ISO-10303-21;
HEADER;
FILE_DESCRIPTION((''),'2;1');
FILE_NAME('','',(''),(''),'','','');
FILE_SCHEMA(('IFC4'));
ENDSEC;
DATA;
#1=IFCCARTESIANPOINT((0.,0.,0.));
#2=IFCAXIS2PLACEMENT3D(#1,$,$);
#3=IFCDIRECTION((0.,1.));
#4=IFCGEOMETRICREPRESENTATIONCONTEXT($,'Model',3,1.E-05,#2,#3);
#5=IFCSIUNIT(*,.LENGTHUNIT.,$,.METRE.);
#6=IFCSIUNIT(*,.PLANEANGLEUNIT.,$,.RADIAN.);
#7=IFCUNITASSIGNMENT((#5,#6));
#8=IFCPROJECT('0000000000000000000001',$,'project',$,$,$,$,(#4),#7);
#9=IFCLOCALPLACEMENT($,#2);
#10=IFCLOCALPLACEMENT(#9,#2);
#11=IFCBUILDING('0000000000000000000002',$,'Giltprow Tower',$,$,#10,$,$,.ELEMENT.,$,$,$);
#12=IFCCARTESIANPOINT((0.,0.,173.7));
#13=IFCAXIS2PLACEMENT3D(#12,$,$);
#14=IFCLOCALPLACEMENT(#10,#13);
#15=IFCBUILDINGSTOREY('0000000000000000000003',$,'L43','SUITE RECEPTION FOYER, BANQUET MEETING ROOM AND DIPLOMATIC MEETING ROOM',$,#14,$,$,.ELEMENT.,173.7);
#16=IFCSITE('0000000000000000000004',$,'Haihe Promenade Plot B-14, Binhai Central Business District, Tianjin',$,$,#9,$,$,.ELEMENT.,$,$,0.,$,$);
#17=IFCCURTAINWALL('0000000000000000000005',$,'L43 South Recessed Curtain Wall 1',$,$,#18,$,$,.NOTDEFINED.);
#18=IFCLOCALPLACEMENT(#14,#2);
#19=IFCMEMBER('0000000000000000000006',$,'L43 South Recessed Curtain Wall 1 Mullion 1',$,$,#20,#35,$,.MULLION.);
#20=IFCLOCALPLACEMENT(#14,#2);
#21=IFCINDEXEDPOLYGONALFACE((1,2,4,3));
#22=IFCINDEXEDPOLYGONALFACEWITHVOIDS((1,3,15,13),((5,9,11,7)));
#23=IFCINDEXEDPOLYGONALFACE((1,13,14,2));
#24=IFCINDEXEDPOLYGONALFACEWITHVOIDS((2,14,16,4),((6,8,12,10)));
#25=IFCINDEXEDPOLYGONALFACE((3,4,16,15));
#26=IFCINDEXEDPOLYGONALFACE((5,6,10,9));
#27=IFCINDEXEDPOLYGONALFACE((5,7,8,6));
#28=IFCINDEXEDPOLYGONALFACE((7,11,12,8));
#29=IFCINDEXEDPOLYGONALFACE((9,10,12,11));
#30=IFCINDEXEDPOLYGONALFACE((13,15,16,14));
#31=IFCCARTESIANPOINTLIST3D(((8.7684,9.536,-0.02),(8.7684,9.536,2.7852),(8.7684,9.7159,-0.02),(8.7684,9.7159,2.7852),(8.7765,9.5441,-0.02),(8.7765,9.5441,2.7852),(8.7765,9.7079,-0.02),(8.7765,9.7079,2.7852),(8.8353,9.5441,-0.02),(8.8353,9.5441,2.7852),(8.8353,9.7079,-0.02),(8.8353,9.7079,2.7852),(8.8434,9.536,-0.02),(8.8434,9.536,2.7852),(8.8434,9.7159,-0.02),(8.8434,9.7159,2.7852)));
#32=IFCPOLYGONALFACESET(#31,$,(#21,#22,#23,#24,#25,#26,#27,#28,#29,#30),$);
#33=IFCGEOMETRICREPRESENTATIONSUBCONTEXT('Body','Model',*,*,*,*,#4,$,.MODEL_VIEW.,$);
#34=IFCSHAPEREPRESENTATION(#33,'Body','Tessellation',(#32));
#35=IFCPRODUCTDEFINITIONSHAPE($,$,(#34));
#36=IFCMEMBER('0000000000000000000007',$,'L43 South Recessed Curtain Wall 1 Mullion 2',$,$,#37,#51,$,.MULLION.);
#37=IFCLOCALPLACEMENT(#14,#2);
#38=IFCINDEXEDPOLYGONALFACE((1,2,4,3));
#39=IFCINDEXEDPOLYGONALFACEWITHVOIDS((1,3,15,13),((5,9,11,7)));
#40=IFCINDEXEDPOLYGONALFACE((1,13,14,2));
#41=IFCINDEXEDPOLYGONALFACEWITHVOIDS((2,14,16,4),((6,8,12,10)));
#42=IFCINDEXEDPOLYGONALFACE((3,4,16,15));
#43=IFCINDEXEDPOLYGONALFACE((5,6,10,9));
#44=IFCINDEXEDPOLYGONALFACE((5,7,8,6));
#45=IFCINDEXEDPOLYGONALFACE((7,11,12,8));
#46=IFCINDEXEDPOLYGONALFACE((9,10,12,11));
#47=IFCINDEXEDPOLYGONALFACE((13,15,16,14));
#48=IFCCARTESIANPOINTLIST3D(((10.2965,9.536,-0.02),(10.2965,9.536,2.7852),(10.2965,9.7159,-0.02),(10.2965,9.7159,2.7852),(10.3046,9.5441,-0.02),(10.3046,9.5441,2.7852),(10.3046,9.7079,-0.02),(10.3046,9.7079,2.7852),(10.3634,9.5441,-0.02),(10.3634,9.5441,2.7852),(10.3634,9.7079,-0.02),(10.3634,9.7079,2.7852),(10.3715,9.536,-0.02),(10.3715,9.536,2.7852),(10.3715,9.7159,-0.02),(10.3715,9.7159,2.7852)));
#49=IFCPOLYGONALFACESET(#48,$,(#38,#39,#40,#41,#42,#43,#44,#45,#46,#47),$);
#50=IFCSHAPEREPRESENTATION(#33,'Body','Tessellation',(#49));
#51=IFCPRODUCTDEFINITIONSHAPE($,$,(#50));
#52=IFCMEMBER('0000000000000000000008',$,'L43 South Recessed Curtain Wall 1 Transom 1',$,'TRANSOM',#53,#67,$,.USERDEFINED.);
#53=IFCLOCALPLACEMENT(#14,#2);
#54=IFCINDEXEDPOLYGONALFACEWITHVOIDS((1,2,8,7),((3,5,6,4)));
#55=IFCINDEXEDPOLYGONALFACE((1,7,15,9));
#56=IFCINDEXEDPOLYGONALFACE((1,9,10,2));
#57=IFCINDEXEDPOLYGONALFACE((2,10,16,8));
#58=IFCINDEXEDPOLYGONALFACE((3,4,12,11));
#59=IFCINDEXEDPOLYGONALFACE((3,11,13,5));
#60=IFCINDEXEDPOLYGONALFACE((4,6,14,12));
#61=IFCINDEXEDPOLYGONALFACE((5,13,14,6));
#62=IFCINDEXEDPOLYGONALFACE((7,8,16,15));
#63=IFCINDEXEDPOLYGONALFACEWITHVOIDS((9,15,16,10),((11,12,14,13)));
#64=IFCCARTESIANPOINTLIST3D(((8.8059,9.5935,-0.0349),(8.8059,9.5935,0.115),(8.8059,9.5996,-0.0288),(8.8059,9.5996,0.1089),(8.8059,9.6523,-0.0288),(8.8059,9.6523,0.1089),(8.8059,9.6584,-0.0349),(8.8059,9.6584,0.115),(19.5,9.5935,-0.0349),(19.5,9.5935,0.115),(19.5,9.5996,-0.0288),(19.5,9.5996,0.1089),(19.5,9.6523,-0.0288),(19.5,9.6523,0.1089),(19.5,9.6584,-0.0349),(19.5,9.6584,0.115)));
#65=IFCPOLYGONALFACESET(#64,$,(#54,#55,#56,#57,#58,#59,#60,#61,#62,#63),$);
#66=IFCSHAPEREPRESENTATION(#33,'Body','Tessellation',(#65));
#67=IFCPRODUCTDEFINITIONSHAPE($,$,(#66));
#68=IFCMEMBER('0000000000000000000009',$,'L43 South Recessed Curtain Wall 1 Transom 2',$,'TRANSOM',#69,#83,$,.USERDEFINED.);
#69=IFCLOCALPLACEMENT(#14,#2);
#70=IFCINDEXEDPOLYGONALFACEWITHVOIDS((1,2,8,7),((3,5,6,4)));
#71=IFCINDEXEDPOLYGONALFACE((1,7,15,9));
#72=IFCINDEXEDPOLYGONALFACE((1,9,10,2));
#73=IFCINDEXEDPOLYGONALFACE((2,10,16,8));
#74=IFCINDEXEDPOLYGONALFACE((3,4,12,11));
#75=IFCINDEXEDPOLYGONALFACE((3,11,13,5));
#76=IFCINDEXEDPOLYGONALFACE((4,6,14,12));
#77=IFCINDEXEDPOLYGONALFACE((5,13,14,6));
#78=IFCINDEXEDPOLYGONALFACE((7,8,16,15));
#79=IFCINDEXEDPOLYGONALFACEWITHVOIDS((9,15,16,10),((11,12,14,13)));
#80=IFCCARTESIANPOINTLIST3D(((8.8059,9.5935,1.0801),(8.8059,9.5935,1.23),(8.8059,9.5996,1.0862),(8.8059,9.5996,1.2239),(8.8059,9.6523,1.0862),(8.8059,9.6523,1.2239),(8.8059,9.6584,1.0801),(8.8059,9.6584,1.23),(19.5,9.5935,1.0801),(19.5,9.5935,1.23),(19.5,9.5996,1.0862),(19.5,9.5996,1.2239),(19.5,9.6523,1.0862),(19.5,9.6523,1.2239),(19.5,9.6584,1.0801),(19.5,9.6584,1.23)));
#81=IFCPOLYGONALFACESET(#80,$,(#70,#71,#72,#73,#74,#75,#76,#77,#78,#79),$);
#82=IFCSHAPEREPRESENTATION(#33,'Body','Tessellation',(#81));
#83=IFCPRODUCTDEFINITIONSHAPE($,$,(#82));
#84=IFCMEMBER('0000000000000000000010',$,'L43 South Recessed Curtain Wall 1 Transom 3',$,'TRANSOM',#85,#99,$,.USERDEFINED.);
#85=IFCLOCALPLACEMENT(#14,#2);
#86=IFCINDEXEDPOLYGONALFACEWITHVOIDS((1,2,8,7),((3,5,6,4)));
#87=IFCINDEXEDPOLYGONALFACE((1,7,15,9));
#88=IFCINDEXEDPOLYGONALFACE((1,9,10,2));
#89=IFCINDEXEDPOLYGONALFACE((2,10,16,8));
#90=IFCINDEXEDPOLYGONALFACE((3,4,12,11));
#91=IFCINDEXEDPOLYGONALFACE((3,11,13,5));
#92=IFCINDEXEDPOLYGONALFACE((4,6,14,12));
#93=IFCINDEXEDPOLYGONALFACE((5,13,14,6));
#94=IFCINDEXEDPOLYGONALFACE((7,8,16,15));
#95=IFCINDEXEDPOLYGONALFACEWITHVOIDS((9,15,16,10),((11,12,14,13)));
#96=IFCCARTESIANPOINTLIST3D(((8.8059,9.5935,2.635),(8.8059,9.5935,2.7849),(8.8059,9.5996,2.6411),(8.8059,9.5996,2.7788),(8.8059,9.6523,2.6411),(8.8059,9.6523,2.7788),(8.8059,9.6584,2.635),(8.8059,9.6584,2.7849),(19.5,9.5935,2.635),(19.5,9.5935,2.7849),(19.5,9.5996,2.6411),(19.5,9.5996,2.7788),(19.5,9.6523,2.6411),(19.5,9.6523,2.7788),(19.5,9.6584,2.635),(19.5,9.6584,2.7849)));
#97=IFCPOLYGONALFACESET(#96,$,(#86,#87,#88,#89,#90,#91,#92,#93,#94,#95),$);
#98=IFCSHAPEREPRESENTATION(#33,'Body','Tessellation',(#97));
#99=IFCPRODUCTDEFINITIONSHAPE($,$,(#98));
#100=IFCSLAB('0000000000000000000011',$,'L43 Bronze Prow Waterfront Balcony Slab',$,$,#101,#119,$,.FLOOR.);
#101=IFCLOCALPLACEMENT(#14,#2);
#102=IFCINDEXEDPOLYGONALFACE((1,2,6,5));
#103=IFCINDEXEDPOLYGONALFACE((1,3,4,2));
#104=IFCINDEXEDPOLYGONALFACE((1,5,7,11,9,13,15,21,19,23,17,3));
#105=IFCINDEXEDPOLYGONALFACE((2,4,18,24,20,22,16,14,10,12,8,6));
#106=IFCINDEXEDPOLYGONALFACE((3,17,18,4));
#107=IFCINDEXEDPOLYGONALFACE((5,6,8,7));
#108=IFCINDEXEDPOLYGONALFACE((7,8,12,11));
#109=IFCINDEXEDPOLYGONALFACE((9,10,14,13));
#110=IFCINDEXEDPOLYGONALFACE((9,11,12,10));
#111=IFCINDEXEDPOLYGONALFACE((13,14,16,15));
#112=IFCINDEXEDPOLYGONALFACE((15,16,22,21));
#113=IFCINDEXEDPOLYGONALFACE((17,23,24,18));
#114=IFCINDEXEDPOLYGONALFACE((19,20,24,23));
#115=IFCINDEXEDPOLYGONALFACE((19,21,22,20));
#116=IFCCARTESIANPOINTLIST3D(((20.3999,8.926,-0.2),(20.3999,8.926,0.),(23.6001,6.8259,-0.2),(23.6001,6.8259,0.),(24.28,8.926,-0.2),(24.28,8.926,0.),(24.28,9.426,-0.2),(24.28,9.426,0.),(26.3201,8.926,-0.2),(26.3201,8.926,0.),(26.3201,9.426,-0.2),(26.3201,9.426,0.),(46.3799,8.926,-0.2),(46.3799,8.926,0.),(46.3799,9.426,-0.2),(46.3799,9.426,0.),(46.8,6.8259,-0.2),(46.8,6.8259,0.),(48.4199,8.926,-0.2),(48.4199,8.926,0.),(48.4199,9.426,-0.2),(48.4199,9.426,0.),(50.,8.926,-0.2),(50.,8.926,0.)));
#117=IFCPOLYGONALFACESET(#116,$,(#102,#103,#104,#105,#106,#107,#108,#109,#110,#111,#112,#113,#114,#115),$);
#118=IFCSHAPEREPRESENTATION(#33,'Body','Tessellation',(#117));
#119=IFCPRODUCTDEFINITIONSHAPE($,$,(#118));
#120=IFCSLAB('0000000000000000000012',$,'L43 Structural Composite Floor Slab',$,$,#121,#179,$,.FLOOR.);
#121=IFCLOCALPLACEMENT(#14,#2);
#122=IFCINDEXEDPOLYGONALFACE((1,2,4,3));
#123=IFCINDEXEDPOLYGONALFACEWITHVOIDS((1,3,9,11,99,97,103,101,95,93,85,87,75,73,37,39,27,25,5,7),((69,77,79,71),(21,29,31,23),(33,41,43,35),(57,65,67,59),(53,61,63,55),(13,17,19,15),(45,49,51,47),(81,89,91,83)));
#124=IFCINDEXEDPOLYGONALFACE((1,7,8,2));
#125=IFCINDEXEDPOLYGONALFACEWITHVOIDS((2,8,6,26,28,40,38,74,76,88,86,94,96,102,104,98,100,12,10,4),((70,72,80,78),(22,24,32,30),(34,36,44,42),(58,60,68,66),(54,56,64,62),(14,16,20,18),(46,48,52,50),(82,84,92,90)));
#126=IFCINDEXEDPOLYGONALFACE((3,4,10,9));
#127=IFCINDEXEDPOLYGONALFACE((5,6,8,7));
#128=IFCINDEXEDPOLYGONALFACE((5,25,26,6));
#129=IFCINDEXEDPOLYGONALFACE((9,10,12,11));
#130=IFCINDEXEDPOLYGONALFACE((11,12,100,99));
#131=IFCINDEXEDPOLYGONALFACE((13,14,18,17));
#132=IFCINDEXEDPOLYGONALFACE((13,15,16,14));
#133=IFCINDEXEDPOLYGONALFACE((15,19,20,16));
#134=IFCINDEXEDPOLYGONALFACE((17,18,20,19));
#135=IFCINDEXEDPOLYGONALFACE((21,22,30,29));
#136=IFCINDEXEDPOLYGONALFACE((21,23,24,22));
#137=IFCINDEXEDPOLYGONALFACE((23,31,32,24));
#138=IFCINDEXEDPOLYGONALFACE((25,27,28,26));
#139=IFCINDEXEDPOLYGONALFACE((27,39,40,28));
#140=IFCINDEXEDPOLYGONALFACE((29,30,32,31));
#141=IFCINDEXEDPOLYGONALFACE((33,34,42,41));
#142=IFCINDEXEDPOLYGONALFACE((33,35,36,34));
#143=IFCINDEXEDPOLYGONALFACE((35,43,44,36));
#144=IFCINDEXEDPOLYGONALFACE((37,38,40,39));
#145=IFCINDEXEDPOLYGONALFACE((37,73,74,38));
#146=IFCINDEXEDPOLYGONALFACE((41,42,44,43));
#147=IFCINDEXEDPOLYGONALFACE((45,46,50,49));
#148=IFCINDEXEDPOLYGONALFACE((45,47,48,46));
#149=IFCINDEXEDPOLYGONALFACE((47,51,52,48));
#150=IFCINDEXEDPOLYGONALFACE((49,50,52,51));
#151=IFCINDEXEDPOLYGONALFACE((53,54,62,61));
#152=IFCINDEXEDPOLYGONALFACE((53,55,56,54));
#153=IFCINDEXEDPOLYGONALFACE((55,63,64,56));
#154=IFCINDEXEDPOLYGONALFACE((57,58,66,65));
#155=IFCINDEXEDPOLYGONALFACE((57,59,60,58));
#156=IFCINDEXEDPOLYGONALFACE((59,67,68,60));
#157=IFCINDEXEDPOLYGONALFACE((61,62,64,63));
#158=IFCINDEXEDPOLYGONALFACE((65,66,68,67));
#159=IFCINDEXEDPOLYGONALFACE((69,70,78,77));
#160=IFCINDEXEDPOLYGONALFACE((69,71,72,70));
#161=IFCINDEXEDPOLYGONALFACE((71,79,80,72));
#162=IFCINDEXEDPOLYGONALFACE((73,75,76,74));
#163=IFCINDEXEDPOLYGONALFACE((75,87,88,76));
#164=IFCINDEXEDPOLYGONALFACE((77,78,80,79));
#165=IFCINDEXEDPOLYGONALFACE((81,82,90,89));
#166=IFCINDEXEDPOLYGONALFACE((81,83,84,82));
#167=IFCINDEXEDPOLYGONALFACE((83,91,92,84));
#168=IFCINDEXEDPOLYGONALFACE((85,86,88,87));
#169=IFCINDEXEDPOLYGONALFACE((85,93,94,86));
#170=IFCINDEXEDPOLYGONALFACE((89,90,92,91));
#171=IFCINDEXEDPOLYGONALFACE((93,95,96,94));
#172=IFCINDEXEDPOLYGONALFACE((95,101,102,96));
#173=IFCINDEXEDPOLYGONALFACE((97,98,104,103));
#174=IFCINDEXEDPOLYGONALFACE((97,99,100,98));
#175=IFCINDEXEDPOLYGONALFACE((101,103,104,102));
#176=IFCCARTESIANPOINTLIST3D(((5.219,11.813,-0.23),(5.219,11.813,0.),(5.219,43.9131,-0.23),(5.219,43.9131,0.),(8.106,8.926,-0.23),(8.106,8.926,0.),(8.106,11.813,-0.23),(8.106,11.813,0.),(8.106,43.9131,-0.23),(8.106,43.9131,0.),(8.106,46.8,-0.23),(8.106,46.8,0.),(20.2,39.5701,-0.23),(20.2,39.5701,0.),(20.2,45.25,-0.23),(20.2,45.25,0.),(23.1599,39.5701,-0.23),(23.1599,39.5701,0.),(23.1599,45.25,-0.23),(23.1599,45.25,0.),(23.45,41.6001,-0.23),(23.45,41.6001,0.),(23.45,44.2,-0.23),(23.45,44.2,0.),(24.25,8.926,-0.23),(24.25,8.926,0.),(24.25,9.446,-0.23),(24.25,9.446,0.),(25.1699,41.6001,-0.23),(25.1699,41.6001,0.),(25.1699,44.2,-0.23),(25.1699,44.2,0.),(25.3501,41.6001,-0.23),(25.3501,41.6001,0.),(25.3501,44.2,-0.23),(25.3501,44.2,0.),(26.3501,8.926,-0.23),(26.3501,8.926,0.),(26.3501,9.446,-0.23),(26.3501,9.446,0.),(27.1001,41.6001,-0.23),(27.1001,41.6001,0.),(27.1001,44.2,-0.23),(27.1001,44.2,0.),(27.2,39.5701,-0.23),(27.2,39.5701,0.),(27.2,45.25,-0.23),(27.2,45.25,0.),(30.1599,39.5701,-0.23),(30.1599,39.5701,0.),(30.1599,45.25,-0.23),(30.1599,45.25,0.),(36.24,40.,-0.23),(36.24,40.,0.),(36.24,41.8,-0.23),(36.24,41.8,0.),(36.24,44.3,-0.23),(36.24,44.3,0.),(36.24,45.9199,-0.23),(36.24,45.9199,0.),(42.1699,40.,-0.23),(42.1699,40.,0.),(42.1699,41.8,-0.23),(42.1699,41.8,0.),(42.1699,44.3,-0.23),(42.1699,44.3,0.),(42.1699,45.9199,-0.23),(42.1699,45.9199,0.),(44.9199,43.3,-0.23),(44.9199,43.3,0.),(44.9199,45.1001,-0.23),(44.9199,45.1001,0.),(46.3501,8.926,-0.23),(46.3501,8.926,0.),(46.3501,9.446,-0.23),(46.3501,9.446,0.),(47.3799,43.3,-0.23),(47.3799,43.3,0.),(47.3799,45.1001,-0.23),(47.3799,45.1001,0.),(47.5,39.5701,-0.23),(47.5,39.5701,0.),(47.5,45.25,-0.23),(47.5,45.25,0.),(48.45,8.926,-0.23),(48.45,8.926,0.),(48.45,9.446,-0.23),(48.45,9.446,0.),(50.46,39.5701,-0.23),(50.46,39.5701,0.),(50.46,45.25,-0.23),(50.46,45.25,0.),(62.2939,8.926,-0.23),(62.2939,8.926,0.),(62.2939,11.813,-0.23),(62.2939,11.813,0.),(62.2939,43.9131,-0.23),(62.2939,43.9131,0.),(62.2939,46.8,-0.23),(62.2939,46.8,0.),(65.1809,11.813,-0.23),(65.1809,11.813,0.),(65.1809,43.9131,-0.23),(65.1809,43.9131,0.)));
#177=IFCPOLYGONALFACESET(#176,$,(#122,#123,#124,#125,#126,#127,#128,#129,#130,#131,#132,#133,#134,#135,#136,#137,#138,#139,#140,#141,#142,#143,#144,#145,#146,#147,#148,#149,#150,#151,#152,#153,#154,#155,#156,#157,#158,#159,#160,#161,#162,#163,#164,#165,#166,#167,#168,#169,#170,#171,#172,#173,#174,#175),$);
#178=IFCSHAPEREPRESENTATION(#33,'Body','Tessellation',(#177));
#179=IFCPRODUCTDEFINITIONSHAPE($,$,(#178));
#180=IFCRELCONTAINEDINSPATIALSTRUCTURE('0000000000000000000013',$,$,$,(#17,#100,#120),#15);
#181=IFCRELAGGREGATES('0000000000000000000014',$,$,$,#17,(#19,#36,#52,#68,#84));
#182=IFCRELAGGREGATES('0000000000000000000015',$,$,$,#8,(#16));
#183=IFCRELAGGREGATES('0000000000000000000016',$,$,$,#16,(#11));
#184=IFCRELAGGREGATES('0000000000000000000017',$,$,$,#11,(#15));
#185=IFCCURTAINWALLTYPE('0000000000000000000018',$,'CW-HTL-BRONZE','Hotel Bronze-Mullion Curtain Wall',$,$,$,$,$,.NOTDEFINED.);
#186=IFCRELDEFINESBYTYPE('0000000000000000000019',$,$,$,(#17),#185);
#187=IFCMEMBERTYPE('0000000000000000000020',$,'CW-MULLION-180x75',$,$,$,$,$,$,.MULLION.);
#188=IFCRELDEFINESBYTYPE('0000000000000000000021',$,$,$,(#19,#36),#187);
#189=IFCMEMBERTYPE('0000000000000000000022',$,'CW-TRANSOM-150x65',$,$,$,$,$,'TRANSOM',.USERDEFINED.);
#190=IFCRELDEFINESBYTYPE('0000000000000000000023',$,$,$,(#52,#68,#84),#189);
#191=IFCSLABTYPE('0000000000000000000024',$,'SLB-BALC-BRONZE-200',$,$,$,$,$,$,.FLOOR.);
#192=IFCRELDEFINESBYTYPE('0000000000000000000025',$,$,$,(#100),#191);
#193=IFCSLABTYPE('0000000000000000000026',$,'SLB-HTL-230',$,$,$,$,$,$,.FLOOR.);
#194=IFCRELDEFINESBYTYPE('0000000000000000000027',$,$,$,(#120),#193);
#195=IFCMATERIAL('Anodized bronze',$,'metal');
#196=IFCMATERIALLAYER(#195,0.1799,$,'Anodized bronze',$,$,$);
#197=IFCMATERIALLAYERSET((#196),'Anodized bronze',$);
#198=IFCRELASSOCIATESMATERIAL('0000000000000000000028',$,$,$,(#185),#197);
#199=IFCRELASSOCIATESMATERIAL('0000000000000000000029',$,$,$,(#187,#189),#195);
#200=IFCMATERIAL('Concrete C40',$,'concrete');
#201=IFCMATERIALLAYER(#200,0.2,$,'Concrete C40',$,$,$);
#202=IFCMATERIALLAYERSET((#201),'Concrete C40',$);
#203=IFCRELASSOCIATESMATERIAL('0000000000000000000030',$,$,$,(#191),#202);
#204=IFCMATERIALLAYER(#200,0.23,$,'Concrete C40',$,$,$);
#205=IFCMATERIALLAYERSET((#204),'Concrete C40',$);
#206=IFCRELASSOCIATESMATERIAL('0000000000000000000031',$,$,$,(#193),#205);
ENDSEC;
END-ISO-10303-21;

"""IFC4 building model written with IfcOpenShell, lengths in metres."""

from ifc_helpers import new_model, si_unit, direction, frame, origin, origin_2d, place, context, subcontext, project, spatial, polyline, hollow_rectangle, outline, extrude, source, transform, mapped, material, layer, layer_set, material_profile, profile_set, type_object, element, aggregate, save


model = new_model("IFC4")

# Units and contexts
model_context = context("Model", 3, precision=1e-05, world=origin(), true_north=direction((0.0, 1.0)))
body_context = subcontext(model_context, "Body", "Model", "MODEL_VIEW")
ifc_project = project(units=[si_unit("LENGTHUNIT", "METRE"), si_unit("PLANEANGLEUNIT", "RADIAN")], contexts=[model_context])

# Site, building, storey
site_placement = place(None, origin())
site = spatial("IfcSite", under=ifc_project, at=site_placement, Name="Haihe Promenade Plot B-14, Binhai Central Business District, Tianjin", CompositionType="ELEMENT", RefElevation=0.0)
building_placement = place(site_placement, origin())
building = spatial("IfcBuilding", under=site, at=building_placement, Name="Giltprow Tower", CompositionType="ELEMENT")
storey_placement = place(building_placement, frame((0.0, 0.0, 173.7)))
storey = spatial("IfcBuildingStorey", under=building, at=storey_placement, Name="L43", Description="SUITE RECEPTION FOYER, BANQUET MEETING ROOM AND DIPLOMATIC MEETING ROOM", CompositionType="ELEMENT", Elevation=173.7)

# Curtain wall, members
ifc_material_1 = material(Name="Anodized bronze", Category="metal")
ifc_layer_1 = layer(ifc_material_1, 0.1799, Name="Anodized bronze")
ifc_layer_set_1 = layer_set([ifc_layer_1], Name="Anodized bronze")
curtain_wall_type = type_object("IfcCurtainWallType", Name="CW-HTL-BRONZE", Description="Hotel Bronze-Mullion Curtain Wall", PredefinedType="NOTDEFINED", material=ifc_layer_set_1)
curtain_wall_placement = place(storey_placement, origin())
curtain_wall = element("IfcCurtainWall", 1, at=curtain_wall_placement, inside=storey, type_object=curtain_wall_type, Name="L43 South Recessed Curtain Wall 1", PredefinedType="NOTDEFINED")
ifc_material_profile_1 = material_profile(ifc_material_1, hollow_rectangle(XDim=0.075, YDim=0.1799, WallThickness=0.0081, at=origin_2d()), Name="RHS 180x75x8")
ifc_profile_set_1 = profile_set([ifc_material_profile_1], Name="Anodized bronze")
member_type_1 = type_object("IfcMemberType", Name="CW-MULLION-180x75", PredefinedType="MULLION", material=ifc_profile_set_1)
shared_shape_1 = source(origin(), body_context, "Body", "SweptSolid", [
    extrude(hollow_rectangle(XDim=0.075, YDim=0.1799, WallThickness=0.0081, at=origin_2d()), origin(), (0.0, 0.0, 1.0), 2.8052),
])
member_1_placement = place(storey_placement, frame((8.8059, 9.626, -0.02), z_axis=(0.0, 0.0, 1.0), x_axis=(1.0, 0.0, 0.0)))
member_1 = element("IfcMember", 2, at=member_1_placement, type_object=member_type_1, Name="L43 South Recessed Curtain Wall 1 Mullion 1", PredefinedType="MULLION", context=body_context, shape_type="MappedRepresentation", body=[
    mapped(shared_shape_1, transform((0.0, 0.0, 0.0), x_axis=(1.0, 0.0, 0.0), y_axis=(0.0, 1.0, 0.0), z_axis=(0.0, 0.0, 1.0), scale=1.0)),
])
member_2_placement = place(storey_placement, frame((10.334, 9.626, -0.02), z_axis=(0.0, 0.0, 1.0), x_axis=(1.0, 0.0, 0.0)))
member_2 = element("IfcMember", 3, at=member_2_placement, type_object=member_type_1, Name="L43 South Recessed Curtain Wall 1 Mullion 2", PredefinedType="MULLION", context=body_context, shape_type="MappedRepresentation", body=[
    mapped(shared_shape_1, transform((0.0, 0.0, 0.0), x_axis=(1.0, 0.0, 0.0), y_axis=(0.0, 1.0, 0.0), z_axis=(0.0, 0.0, 1.0), scale=1.0)),
])
ifc_material_profile_2 = material_profile(ifc_material_1, hollow_rectangle(XDim=0.0649, YDim=0.1499, WallThickness=0.0061, at=origin_2d()), Name="RHS 150x65x6")
ifc_profile_set_2 = profile_set([ifc_material_profile_2], Name="Anodized bronze")
member_type_2 = type_object("IfcMemberType", Name="CW-TRANSOM-150x65", ElementType="TRANSOM", PredefinedType="USERDEFINED", material=ifc_profile_set_2)
shared_shape_2 = source(origin(), body_context, "Body", "SweptSolid", [
    extrude(hollow_rectangle(XDim=0.0649, YDim=0.1499, WallThickness=0.0061, at=origin_2d()), origin(), (0.0, 0.0, 1.0), 10.6941),
])
member_3_placement = place(storey_placement, frame((8.8059, 9.626, 0.04), z_axis=(1.0, 0.0, 0.0), x_axis=(0.0, 1.0, 0.0)))
member_3 = element("IfcMember", 4, at=member_3_placement, type_object=member_type_2, Name="L43 South Recessed Curtain Wall 1 Transom 1", ObjectType="TRANSOM", PredefinedType="USERDEFINED", context=body_context, shape_type="MappedRepresentation", body=[
    mapped(shared_shape_2, transform((0.0, 0.0, 0.0), x_axis=(1.0, 0.0, 0.0), y_axis=(0.0, 1.0, 0.0), z_axis=(0.0, 0.0, 1.0), scale=1.0)),
])
member_4_placement = place(storey_placement, frame((8.8059, 9.626, 1.155), z_axis=(1.0, 0.0, 0.0), x_axis=(0.0, 1.0, 0.0)))
member_4 = element("IfcMember", 5, at=member_4_placement, type_object=member_type_2, Name="L43 South Recessed Curtain Wall 1 Transom 2", ObjectType="TRANSOM", PredefinedType="USERDEFINED", context=body_context, shape_type="MappedRepresentation", body=[
    mapped(shared_shape_2, transform((0.0, 0.0, 0.0), x_axis=(1.0, 0.0, 0.0), y_axis=(0.0, 1.0, 0.0), z_axis=(0.0, 0.0, 1.0), scale=1.0)),
])
member_5_placement = place(storey_placement, frame((8.8059, 9.626, 2.71), z_axis=(1.0, 0.0, 0.0), x_axis=(0.0, 1.0, 0.0)))
member_5 = element("IfcMember", 6, at=member_5_placement, type_object=member_type_2, Name="L43 South Recessed Curtain Wall 1 Transom 3", ObjectType="TRANSOM", PredefinedType="USERDEFINED", context=body_context, shape_type="MappedRepresentation", body=[
    mapped(shared_shape_2, transform((0.0, 0.0, 0.0), x_axis=(1.0, 0.0, 0.0), y_axis=(0.0, 1.0, 0.0), z_axis=(0.0, 0.0, 1.0), scale=1.0)),
])

# Slabs
ifc_material_2 = material(Name="Concrete C40", Category="concrete")
ifc_layer_2 = layer(ifc_material_2, 0.2, Name="Concrete C40")
ifc_layer_set_2 = layer_set([ifc_layer_2], Name="Concrete C40")
slab_type_1 = type_object("IfcSlabType", Name="SLB-BALC-BRONZE-200", PredefinedType="FLOOR", material=ifc_layer_set_2)
slab_1_placement = place(storey_placement, frame((0.0, 0.0, -0.2)))
element("IfcSlab", 7, at=slab_1_placement, inside=storey, type_object=slab_type_1, Name="L43 Bronze Prow Waterfront Balcony Slab", PredefinedType="FLOOR", context=body_context, shape_type="SweptSolid", body=[
    extrude(outline(polyline([(50.0, 8.926), (46.8, 6.8259), (23.6001, 6.8259), (20.3999, 8.926), (24.28, 8.926), (24.28, 9.426), (26.3201, 9.426), (26.3201, 8.926), (46.3799, 8.926), (46.3799, 9.426), (48.4199, 9.426), (48.4199, 8.926), (50.0, 8.926)])), origin(), (0.0, 0.0, 1.0), 0.2),
])
ifc_layer_3 = layer(ifc_material_2, 0.23, Name="Concrete C40")
ifc_layer_set_3 = layer_set([ifc_layer_3], Name="Concrete C40")
slab_type_2 = type_object("IfcSlabType", Name="SLB-HTL-230", PredefinedType="FLOOR", material=ifc_layer_set_3)
slab_2_placement = place(storey_placement, frame((0.0, 0.0, -0.23)))
element("IfcSlab", 8, at=slab_2_placement, inside=storey, type_object=slab_type_2, Name="L43 Structural Composite Floor Slab", PredefinedType="FLOOR", context=body_context, shape_type="SweptSolid", body=[
    extrude(outline(polyline([(8.106, 8.926), (8.106, 11.813), (5.219, 11.813), (5.219, 43.9131), (8.106, 43.9131), (8.106, 46.8), (62.2939, 46.8), (62.2939, 43.9131), (65.1809, 43.9131), (65.1809, 11.813), (62.2939, 11.813), (62.2939, 8.926), (48.45, 8.926), (48.45, 9.446), (46.3501, 9.446), (46.3501, 8.926), (26.3501, 8.926), (26.3501, 9.446), (24.25, 9.446), (24.25, 8.926), (8.106, 8.926)]), holes=[polyline([(42.1699, 41.8), (36.24, 41.8), (36.24, 40.0), (42.1699, 40.0), (42.1699, 41.8)]), polyline([(23.1599, 39.5701), (23.1599, 45.25), (20.2, 45.25), (20.2, 39.5701), (23.1599, 39.5701)]), polyline([(30.1599, 39.5701), (30.1599, 45.25), (27.2, 45.25), (27.2, 39.5701), (30.1599, 39.5701)]), polyline([(50.46, 45.25), (47.5, 45.25), (47.5, 39.5701), (50.46, 39.5701), (50.46, 45.25)]), polyline([(25.1699, 44.2), (23.45, 44.2), (23.45, 41.6001), (25.1699, 41.6001), (25.1699, 44.2)]), polyline([(27.1001, 44.2), (25.3501, 44.2), (25.3501, 41.6001), (27.1001, 41.6001), (27.1001, 44.2)]), polyline([(47.3799, 43.3), (47.3799, 45.1001), (44.9199, 45.1001), (44.9199, 43.3), (47.3799, 43.3)]), polyline([(42.1699, 44.3), (42.1699, 45.9199), (36.24, 45.9199), (36.24, 44.3), (42.1699, 44.3)])]), origin(), (0.0, 0.0, 1.0), 0.23),
])

aggregate(curtain_wall, [member_1, member_2, member_3, member_4, member_5])

save(model, "model.ifc")
